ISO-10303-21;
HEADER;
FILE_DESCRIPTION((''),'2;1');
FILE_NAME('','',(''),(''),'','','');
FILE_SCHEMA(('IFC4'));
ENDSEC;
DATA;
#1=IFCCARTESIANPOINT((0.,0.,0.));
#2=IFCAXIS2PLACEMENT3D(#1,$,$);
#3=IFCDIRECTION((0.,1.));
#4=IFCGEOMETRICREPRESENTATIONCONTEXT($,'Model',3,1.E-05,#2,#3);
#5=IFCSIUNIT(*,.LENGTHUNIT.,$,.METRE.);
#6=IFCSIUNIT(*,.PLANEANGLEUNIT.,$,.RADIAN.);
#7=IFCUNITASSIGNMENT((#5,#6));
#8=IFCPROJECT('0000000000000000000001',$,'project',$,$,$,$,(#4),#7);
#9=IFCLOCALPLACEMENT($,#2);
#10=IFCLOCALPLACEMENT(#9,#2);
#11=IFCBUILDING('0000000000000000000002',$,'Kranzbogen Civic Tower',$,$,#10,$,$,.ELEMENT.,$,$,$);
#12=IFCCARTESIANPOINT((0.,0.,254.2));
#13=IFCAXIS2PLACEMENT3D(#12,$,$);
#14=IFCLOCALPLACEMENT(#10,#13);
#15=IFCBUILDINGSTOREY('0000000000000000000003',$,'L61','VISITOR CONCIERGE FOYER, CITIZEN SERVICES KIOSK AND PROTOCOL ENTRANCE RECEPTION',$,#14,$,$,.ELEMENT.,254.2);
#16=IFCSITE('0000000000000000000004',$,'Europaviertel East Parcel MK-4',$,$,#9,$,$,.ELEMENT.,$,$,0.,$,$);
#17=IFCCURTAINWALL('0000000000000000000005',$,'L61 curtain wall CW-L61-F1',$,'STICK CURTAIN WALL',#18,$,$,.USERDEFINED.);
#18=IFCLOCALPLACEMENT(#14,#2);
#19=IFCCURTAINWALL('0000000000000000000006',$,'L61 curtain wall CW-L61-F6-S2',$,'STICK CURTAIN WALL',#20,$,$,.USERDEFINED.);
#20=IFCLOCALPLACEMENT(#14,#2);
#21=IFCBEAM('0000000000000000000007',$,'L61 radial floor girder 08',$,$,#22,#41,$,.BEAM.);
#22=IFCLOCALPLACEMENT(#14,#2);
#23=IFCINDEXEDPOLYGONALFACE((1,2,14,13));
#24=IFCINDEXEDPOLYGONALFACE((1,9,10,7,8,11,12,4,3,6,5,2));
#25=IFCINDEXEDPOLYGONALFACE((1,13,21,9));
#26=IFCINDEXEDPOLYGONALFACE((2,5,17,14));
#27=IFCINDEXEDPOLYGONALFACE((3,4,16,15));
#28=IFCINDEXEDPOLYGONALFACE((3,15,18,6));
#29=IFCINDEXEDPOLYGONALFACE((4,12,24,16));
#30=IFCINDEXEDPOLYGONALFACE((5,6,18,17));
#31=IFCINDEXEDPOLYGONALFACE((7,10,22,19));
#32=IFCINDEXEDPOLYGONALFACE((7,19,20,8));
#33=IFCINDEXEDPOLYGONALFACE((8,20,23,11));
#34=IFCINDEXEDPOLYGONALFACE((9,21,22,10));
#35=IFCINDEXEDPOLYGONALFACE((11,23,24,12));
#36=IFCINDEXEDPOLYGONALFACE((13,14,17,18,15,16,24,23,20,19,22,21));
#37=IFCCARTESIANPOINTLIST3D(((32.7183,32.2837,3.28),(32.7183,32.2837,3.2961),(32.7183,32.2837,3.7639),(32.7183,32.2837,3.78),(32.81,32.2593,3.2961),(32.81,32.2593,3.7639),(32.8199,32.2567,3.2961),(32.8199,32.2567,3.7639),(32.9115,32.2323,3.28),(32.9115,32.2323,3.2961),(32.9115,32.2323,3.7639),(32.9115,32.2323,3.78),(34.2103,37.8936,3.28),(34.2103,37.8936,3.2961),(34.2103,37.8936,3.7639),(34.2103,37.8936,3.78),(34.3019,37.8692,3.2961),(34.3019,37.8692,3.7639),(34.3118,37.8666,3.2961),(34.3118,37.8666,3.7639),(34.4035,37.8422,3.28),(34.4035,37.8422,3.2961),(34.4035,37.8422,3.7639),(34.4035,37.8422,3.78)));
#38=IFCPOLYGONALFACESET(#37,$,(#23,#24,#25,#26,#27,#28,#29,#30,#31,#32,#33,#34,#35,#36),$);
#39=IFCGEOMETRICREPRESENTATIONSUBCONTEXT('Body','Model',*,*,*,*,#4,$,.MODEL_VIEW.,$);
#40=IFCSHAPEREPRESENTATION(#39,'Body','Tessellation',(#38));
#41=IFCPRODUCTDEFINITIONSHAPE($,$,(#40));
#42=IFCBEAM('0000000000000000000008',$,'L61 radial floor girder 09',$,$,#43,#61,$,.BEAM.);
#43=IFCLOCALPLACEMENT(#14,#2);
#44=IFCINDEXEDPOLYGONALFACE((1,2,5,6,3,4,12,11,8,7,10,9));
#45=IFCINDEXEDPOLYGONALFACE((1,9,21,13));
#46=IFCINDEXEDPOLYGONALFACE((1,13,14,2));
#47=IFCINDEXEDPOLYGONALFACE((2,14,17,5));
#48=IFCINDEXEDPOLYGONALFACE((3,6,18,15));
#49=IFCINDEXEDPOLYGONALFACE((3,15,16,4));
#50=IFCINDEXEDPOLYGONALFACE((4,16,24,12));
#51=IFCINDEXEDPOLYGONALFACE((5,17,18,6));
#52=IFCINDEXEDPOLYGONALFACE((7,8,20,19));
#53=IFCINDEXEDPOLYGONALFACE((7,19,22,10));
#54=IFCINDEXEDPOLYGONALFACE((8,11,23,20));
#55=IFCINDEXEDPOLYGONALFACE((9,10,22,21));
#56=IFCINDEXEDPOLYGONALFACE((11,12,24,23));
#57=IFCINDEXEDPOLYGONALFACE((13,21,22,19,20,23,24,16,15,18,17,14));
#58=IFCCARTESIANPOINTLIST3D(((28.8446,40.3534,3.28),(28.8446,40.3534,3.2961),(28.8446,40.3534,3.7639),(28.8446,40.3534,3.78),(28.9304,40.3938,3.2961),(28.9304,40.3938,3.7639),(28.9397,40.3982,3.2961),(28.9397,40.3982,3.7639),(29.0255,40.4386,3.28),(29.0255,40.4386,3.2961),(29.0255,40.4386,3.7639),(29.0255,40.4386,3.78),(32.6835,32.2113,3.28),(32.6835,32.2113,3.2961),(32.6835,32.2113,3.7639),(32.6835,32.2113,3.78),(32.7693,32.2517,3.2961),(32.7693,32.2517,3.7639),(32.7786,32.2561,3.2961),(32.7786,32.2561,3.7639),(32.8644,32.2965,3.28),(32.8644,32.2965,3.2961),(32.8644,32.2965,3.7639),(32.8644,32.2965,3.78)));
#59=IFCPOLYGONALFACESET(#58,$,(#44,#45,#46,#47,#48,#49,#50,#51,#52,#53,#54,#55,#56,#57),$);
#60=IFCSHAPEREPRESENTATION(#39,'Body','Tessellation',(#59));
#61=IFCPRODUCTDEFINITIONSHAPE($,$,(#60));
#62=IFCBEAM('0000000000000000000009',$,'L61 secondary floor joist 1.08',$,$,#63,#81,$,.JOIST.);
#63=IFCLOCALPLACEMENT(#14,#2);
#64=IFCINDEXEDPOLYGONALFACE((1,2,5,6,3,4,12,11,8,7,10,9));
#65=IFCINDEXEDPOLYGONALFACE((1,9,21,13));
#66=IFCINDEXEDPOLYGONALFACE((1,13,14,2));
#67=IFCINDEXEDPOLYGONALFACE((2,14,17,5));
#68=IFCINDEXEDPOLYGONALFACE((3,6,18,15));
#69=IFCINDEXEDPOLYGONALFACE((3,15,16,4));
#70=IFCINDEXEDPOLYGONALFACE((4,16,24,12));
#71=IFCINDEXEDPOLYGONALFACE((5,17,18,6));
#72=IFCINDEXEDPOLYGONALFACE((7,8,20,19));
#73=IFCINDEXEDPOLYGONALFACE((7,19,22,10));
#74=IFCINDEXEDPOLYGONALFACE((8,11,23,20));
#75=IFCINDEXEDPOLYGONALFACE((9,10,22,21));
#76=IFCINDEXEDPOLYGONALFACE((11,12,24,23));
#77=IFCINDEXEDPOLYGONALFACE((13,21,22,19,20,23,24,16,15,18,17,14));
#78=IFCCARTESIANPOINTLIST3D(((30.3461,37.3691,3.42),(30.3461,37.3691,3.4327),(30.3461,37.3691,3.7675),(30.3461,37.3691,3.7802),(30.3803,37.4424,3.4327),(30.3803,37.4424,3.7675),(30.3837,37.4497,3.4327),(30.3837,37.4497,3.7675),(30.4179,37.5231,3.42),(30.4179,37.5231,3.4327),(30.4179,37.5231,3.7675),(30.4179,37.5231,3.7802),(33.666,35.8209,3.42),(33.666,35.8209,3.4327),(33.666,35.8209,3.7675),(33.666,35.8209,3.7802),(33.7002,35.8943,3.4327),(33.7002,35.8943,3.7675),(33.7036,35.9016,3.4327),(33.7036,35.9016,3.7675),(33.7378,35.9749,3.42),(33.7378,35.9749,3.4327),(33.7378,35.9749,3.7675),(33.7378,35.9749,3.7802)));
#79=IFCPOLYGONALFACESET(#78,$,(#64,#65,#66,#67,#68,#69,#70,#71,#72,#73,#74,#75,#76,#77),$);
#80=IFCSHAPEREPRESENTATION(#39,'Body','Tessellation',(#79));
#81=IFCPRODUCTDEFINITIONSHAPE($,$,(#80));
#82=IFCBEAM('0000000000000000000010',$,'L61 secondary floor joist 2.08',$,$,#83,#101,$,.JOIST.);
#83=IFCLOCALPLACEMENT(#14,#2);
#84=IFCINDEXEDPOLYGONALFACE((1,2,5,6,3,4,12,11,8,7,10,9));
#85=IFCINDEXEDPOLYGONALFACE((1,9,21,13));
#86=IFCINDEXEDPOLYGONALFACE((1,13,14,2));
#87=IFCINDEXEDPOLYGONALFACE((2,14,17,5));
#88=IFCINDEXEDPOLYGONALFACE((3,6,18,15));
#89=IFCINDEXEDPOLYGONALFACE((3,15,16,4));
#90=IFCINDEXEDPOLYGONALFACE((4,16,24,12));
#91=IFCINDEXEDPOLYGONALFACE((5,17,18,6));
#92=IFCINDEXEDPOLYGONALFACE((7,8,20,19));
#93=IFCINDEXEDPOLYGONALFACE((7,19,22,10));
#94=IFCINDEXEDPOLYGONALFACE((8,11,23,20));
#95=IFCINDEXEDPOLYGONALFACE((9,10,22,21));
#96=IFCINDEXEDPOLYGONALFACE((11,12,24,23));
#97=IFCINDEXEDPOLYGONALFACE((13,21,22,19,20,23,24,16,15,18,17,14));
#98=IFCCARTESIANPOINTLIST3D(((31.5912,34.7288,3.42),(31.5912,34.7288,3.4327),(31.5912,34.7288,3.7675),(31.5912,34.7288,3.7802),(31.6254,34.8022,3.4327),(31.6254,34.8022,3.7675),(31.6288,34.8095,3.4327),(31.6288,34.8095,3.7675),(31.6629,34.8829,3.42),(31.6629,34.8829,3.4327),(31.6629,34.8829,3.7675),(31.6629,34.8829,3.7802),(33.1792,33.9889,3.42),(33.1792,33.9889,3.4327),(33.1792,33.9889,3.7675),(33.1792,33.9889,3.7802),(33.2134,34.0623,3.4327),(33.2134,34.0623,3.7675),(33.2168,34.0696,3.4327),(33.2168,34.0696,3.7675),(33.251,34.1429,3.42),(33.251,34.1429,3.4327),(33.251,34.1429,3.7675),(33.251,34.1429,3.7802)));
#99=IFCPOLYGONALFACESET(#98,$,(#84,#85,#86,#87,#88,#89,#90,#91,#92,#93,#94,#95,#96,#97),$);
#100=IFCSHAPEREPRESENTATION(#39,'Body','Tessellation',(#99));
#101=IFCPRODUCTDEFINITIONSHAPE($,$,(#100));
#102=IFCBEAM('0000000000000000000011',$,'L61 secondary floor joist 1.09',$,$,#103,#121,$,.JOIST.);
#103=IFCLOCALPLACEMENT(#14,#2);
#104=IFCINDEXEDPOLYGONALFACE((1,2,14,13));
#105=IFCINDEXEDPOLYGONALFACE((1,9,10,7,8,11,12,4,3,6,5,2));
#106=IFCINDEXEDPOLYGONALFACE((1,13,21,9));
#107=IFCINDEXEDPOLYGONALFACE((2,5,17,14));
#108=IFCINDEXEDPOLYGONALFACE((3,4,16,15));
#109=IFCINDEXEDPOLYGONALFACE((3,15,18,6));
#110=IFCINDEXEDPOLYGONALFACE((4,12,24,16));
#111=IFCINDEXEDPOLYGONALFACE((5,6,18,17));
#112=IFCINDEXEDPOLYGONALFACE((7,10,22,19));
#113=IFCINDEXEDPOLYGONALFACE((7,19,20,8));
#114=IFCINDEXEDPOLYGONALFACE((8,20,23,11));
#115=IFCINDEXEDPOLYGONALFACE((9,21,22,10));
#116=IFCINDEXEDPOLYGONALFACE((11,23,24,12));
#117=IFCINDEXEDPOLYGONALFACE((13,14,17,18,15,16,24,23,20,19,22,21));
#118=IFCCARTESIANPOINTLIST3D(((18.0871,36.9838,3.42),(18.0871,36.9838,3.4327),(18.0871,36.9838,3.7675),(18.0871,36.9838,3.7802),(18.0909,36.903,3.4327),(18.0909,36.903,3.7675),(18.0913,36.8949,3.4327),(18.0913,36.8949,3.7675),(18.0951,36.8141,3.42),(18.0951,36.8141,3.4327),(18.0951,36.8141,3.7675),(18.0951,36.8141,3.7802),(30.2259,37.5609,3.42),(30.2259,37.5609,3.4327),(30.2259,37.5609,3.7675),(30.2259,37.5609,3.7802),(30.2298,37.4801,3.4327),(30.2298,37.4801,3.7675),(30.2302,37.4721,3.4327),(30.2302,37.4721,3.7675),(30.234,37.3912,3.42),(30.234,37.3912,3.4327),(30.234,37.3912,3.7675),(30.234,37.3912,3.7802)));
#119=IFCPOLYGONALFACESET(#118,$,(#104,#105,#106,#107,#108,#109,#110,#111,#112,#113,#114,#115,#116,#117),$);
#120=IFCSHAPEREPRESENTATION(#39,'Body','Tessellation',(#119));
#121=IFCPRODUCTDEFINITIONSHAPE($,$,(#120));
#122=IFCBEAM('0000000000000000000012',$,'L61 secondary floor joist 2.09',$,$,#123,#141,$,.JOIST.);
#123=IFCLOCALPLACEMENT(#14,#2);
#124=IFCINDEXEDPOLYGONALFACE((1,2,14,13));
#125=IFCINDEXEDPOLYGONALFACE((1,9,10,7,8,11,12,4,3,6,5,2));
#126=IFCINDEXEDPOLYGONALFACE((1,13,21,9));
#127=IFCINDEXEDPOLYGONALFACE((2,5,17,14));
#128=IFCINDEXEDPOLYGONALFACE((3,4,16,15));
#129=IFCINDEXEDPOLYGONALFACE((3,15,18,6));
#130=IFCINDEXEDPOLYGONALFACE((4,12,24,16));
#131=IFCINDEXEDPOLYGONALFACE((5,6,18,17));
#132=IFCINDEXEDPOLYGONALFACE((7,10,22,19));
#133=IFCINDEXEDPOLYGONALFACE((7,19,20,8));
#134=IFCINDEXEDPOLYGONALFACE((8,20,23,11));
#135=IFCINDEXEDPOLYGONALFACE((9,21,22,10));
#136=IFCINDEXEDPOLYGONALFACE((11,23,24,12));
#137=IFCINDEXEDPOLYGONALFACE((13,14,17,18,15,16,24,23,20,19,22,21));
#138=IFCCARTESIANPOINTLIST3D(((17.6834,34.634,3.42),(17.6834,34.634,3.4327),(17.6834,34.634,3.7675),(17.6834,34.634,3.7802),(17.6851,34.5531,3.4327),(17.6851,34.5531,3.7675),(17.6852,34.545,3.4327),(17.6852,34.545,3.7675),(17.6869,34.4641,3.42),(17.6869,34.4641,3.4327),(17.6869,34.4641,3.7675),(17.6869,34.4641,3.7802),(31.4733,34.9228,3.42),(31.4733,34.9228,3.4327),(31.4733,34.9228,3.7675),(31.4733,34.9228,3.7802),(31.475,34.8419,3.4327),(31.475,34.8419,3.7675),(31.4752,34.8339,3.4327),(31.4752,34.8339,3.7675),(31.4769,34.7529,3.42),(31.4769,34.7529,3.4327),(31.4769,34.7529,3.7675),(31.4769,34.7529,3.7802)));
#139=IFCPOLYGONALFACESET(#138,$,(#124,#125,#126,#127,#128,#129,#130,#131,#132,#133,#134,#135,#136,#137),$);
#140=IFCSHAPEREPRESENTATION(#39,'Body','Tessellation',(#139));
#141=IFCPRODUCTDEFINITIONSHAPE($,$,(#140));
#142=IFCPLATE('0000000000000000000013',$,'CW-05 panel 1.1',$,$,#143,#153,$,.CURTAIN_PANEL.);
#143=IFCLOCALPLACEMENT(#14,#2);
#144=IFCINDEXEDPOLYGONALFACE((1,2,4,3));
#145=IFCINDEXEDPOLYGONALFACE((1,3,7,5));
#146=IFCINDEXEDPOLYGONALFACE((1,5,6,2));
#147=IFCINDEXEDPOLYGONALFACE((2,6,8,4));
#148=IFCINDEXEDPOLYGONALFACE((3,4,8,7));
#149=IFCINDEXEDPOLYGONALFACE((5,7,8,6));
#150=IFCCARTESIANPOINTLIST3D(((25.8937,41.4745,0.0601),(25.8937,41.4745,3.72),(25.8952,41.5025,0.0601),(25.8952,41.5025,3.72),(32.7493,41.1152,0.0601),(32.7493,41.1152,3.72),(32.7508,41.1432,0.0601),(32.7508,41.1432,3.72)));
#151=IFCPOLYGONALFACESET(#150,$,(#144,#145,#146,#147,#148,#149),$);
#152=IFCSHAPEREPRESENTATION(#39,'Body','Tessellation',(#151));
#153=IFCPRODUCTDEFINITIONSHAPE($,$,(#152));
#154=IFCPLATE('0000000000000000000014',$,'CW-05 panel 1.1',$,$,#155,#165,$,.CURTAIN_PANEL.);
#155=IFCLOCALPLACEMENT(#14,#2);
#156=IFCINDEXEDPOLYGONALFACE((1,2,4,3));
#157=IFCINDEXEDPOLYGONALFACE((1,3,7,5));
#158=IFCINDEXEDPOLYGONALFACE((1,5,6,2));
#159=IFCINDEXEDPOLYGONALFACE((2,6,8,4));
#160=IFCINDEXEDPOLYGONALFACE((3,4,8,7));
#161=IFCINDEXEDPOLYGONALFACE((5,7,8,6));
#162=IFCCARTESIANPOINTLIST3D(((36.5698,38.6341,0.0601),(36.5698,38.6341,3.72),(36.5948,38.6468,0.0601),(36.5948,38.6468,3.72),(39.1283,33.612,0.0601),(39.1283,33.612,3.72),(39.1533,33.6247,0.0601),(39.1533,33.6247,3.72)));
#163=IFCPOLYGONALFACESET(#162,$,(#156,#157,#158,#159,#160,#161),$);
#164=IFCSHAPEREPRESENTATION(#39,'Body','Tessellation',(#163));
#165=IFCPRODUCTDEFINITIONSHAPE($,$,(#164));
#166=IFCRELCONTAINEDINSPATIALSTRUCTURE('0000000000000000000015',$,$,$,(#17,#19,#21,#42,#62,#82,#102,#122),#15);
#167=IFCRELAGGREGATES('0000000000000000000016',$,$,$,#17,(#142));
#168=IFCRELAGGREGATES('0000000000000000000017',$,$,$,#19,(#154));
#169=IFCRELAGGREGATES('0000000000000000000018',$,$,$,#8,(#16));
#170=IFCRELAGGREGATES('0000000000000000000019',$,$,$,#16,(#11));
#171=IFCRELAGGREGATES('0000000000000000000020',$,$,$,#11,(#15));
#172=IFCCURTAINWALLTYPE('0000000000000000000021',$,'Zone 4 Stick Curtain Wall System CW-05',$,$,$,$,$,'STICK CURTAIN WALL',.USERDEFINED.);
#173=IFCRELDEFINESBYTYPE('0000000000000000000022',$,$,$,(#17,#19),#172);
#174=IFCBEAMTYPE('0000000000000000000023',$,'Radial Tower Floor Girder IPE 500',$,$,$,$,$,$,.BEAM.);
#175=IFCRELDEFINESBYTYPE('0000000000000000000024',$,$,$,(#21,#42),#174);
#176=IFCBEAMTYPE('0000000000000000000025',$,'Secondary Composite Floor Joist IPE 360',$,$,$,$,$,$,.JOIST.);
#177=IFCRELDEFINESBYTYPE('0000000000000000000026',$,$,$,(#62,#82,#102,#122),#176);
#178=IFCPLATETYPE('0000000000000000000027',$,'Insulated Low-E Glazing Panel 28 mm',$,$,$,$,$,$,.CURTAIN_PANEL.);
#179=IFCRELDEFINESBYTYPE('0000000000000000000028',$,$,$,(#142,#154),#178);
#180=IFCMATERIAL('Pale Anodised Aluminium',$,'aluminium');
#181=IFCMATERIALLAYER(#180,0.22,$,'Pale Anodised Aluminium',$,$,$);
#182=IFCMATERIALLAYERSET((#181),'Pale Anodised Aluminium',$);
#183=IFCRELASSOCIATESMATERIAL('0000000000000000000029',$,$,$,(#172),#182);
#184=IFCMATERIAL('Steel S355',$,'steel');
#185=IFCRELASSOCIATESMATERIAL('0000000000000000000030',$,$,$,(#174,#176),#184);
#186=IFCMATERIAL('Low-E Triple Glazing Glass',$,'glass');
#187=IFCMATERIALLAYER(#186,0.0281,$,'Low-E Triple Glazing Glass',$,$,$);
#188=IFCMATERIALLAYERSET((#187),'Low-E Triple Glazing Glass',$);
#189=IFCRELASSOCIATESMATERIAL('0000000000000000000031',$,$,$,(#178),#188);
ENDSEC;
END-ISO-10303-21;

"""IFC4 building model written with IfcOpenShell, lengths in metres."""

from ifc_helpers import new_model, si_unit, direction, frame, origin, origin_2d, place, context, subcontext, project, spatial, rectangle, i_section, extrude, material, layer, layer_set, material_profile, profile_set, type_object, element, aggregate, save


model = new_model("IFC4")

# Units and contexts
model_context = context("Model", 3, precision=1e-05, world=origin(), true_north=direction((0.0, 1.0)))
body_context = subcontext(model_context, "Body", "Model", "MODEL_VIEW")
ifc_project = project(units=[si_unit("LENGTHUNIT", "METRE"), si_unit("PLANEANGLEUNIT", "RADIAN")], contexts=[model_context])

# Site, building, storey
site_placement = place(None, origin())
site = spatial("IfcSite", under=ifc_project, at=site_placement, Name="Europaviertel East Parcel MK-4", CompositionType="ELEMENT", RefElevation=0.0)
building_placement = place(site_placement, origin())
building = spatial("IfcBuilding", under=site, at=building_placement, Name="Kranzbogen Civic Tower", CompositionType="ELEMENT")
storey_placement = place(building_placement, frame((0.0, 0.0, 254.2)))
storey = spatial("IfcBuildingStorey", under=building, at=storey_placement, Name="L61", Description="VISITOR CONCIERGE FOYER, CITIZEN SERVICES KIOSK AND PROTOCOL ENTRANCE RECEPTION", CompositionType="ELEMENT", Elevation=254.2)

# Shared definitions
ifc_material_1 = material(Name="Steel S355", Category="steel")

# Curtain wall
ifc_material_2 = material(Name="Pale Anodised Aluminium", Category="aluminium")
ifc_layer_1 = layer(ifc_material_2, 0.22, Name="Pale Anodised Aluminium")
ifc_layer_set_1 = layer_set([ifc_layer_1], Name="Pale Anodised Aluminium")
curtain_wall_type = type_object("IfcCurtainWallType", Name="Zone 4 Stick Curtain Wall System CW-05", ElementType="STICK CURTAIN WALL", PredefinedType="USERDEFINED", material=ifc_layer_set_1)
curtain_wall_1_placement = place(storey_placement, origin())
curtain_wall_1 = element("IfcCurtainWall", 1, at=curtain_wall_1_placement, inside=storey, type_object=curtain_wall_type, Name="L61 curtain wall CW-L61-F1", ObjectType="STICK CURTAIN WALL", PredefinedType="USERDEFINED")

# Curtain wall
curtain_wall_2_placement = place(storey_placement, origin())
curtain_wall_2 = element("IfcCurtainWall", 2, at=curtain_wall_2_placement, inside=storey, type_object=curtain_wall_type, Name="L61 curtain wall CW-L61-F6-S2", ObjectType="STICK CURTAIN WALL", PredefinedType="USERDEFINED")

# Beams
ifc_material_profile_1 = material_profile(ifc_material_1, i_section(OverallWidth=0.2, OverallDepth=0.5, WebThickness=0.0103, FlangeThickness=0.0161, at=origin_2d()), Name="IPE 500")
ifc_profile_set_1 = profile_set([ifc_material_profile_1], Name="Steel S355")
beam_type_1 = type_object("IfcBeamType", Name="Radial Tower Floor Girder IPE 500", PredefinedType="BEAM", material=ifc_profile_set_1)
beam_1_placement = place(storey_placement, frame((34.3069, 37.8679, 3.53), z_axis=(-0.257016, -0.966407, 0.0), x_axis=(0.966407, -0.257016, 0.0)))
element("IfcBeam", 3, at=beam_1_placement, inside=storey, type_object=beam_type_1, Name="L61 radial floor girder 08", PredefinedType="BEAM", context=body_context, shape_type="SweptSolid", body=[
    extrude(i_section(OverallWidth=0.2, OverallDepth=0.5, WebThickness=0.0103, FlangeThickness=0.0161, at=origin_2d()), origin(), (0.0, 0.0, 1.0), 5.8049),
])
beam_2_placement = place(storey_placement, frame((28.9351, 40.396, 3.53), z_axis=(0.42646, -0.904506, 0.0), x_axis=(0.904506, 0.42646, 0.0)))
element("IfcBeam", 4, at=beam_2_placement, inside=storey, type_object=beam_type_1, Name="L61 radial floor girder 09", PredefinedType="BEAM", context=body_context, shape_type="SweptSolid", body=[
    extrude(i_section(OverallWidth=0.2, OverallDepth=0.5, WebThickness=0.0103, FlangeThickness=0.0161, at=origin_2d()), origin(), (0.0, 0.0, 1.0), 9.0017),
])
ifc_material_profile_2 = material_profile(ifc_material_1, i_section(OverallWidth=0.1699, OverallDepth=0.3601, WebThickness=0.0081, FlangeThickness=0.0127, at=origin_2d()), Name="IPE 360")
ifc_profile_set_2 = profile_set([ifc_material_profile_2], Name="Steel S355")
beam_type_2 = type_object("IfcBeamType", Name="Secondary Composite Floor Joist IPE 360", PredefinedType="JOIST", material=ifc_profile_set_2)
beam_3_placement = place(storey_placement, frame((33.7019, 35.8979, 3.6001), z_axis=(-0.906304, 0.422626, 0.0), x_axis=(-0.422626, -0.906304, 0.0)))
element("IfcBeam", 5, at=beam_3_placement, inside=storey, type_object=beam_type_2, Name="L61 secondary floor joist 1.08", PredefinedType="JOIST", context=body_context, shape_type="SweptSolid", body=[
    extrude(i_section(OverallWidth=0.1699, OverallDepth=0.3601, WebThickness=0.0081, FlangeThickness=0.0127, at=origin_2d()), origin(), (0.0, 0.0, 1.0), 3.6631),
])
beam_4_placement = place(storey_placement, frame((33.2151, 34.0659, 3.6001), z_axis=(-0.906432, 0.422351, 0.0), x_axis=(-0.422351, -0.906432, 0.0)))
element("IfcBeam", 6, at=beam_4_placement, inside=storey, type_object=beam_type_2, Name="L61 secondary floor joist 2.08", PredefinedType="JOIST", context=body_context, shape_type="SweptSolid", body=[
    extrude(i_section(OverallWidth=0.1699, OverallDepth=0.3601, WebThickness=0.0081, FlangeThickness=0.0127, at=origin_2d()), origin(), (0.0, 0.0, 1.0), 1.752),
])
beam_5_placement = place(storey_placement, frame((30.23, 37.4761, 3.6001), z_axis=(-0.998872, -0.047492, 0.0), x_axis=(0.047492, -0.998872, 0.0)))
element("IfcBeam", 7, at=beam_5_placement, inside=storey, type_object=beam_type_2, Name="L61 secondary floor joist 1.09", PredefinedType="JOIST", context=body_context, shape_type="SweptSolid", body=[
    extrude(i_section(OverallWidth=0.1699, OverallDepth=0.3601, WebThickness=0.0081, FlangeThickness=0.0127, at=origin_2d()), origin(), (0.0, 0.0, 1.0), 12.1526),
])
beam_6_placement = place(storey_placement, frame((31.4751, 34.8379, 3.6001), z_axis=(-0.999781, -0.020939, 0.0), x_axis=(0.020939, -0.999781, 0.0)))
element("IfcBeam", 8, at=beam_6_placement, inside=storey, type_object=beam_type_2, Name="L61 secondary floor joist 2.09", PredefinedType="JOIST", context=body_context, shape_type="SweptSolid", body=[
    extrude(i_section(OverallWidth=0.1699, OverallDepth=0.3601, WebThickness=0.0081, FlangeThickness=0.0127, at=origin_2d()), origin(), (0.0, 0.0, 1.0), 13.793),
])

# Plates
ifc_material_3 = material(Name="Low-E Triple Glazing Glass", Category="glass")
ifc_layer_2 = layer(ifc_material_3, 0.0281, Name="Low-E Triple Glazing Glass")
ifc_layer_set_2 = layer_set([ifc_layer_2], Name="Low-E Triple Glazing Glass")
plate_type = type_object("IfcPlateType", Name="Insulated Low-E Glazing Panel 28 mm", PredefinedType="CURTAIN_PANEL", material=ifc_layer_set_2)
plate_1_placement = place(storey_placement, frame((29.3223, 41.3088, 0.0601), z_axis=(0.0, 0.0, 1.0), x_axis=(-0.99863, 0.052336, 0.0)))
plate_1 = element("IfcPlate", 9, at=plate_1_placement, type_object=plate_type, Name="CW-05 panel 1.1", PredefinedType="CURTAIN_PANEL", context=body_context, shape_type="SweptSolid", body=[
    extrude(rectangle(XDim=6.865, YDim=0.0281, at=origin_2d()), origin(), (0.0, 0.0, 1.0), 3.6599),
])
aggregate(curtain_wall_1, [plate_1])
plate_2_placement = place(storey_placement, frame((37.8616, 36.1294, 0.0601), z_axis=(0.0, 0.0, 1.0), x_axis=(-0.453941, 0.891032, 0.0)))
plate_2 = element("IfcPlate", 10, at=plate_2_placement, type_object=plate_type, Name="CW-05 panel 1.1", PredefinedType="CURTAIN_PANEL", context=body_context, shape_type="SweptSolid", body=[
    extrude(rectangle(XDim=5.6362, YDim=0.0281, at=origin_2d()), origin(), (0.0, 0.0, 1.0), 3.6599),
])
aggregate(curtain_wall_2, [plate_2])

save(model, "model.ifc")
